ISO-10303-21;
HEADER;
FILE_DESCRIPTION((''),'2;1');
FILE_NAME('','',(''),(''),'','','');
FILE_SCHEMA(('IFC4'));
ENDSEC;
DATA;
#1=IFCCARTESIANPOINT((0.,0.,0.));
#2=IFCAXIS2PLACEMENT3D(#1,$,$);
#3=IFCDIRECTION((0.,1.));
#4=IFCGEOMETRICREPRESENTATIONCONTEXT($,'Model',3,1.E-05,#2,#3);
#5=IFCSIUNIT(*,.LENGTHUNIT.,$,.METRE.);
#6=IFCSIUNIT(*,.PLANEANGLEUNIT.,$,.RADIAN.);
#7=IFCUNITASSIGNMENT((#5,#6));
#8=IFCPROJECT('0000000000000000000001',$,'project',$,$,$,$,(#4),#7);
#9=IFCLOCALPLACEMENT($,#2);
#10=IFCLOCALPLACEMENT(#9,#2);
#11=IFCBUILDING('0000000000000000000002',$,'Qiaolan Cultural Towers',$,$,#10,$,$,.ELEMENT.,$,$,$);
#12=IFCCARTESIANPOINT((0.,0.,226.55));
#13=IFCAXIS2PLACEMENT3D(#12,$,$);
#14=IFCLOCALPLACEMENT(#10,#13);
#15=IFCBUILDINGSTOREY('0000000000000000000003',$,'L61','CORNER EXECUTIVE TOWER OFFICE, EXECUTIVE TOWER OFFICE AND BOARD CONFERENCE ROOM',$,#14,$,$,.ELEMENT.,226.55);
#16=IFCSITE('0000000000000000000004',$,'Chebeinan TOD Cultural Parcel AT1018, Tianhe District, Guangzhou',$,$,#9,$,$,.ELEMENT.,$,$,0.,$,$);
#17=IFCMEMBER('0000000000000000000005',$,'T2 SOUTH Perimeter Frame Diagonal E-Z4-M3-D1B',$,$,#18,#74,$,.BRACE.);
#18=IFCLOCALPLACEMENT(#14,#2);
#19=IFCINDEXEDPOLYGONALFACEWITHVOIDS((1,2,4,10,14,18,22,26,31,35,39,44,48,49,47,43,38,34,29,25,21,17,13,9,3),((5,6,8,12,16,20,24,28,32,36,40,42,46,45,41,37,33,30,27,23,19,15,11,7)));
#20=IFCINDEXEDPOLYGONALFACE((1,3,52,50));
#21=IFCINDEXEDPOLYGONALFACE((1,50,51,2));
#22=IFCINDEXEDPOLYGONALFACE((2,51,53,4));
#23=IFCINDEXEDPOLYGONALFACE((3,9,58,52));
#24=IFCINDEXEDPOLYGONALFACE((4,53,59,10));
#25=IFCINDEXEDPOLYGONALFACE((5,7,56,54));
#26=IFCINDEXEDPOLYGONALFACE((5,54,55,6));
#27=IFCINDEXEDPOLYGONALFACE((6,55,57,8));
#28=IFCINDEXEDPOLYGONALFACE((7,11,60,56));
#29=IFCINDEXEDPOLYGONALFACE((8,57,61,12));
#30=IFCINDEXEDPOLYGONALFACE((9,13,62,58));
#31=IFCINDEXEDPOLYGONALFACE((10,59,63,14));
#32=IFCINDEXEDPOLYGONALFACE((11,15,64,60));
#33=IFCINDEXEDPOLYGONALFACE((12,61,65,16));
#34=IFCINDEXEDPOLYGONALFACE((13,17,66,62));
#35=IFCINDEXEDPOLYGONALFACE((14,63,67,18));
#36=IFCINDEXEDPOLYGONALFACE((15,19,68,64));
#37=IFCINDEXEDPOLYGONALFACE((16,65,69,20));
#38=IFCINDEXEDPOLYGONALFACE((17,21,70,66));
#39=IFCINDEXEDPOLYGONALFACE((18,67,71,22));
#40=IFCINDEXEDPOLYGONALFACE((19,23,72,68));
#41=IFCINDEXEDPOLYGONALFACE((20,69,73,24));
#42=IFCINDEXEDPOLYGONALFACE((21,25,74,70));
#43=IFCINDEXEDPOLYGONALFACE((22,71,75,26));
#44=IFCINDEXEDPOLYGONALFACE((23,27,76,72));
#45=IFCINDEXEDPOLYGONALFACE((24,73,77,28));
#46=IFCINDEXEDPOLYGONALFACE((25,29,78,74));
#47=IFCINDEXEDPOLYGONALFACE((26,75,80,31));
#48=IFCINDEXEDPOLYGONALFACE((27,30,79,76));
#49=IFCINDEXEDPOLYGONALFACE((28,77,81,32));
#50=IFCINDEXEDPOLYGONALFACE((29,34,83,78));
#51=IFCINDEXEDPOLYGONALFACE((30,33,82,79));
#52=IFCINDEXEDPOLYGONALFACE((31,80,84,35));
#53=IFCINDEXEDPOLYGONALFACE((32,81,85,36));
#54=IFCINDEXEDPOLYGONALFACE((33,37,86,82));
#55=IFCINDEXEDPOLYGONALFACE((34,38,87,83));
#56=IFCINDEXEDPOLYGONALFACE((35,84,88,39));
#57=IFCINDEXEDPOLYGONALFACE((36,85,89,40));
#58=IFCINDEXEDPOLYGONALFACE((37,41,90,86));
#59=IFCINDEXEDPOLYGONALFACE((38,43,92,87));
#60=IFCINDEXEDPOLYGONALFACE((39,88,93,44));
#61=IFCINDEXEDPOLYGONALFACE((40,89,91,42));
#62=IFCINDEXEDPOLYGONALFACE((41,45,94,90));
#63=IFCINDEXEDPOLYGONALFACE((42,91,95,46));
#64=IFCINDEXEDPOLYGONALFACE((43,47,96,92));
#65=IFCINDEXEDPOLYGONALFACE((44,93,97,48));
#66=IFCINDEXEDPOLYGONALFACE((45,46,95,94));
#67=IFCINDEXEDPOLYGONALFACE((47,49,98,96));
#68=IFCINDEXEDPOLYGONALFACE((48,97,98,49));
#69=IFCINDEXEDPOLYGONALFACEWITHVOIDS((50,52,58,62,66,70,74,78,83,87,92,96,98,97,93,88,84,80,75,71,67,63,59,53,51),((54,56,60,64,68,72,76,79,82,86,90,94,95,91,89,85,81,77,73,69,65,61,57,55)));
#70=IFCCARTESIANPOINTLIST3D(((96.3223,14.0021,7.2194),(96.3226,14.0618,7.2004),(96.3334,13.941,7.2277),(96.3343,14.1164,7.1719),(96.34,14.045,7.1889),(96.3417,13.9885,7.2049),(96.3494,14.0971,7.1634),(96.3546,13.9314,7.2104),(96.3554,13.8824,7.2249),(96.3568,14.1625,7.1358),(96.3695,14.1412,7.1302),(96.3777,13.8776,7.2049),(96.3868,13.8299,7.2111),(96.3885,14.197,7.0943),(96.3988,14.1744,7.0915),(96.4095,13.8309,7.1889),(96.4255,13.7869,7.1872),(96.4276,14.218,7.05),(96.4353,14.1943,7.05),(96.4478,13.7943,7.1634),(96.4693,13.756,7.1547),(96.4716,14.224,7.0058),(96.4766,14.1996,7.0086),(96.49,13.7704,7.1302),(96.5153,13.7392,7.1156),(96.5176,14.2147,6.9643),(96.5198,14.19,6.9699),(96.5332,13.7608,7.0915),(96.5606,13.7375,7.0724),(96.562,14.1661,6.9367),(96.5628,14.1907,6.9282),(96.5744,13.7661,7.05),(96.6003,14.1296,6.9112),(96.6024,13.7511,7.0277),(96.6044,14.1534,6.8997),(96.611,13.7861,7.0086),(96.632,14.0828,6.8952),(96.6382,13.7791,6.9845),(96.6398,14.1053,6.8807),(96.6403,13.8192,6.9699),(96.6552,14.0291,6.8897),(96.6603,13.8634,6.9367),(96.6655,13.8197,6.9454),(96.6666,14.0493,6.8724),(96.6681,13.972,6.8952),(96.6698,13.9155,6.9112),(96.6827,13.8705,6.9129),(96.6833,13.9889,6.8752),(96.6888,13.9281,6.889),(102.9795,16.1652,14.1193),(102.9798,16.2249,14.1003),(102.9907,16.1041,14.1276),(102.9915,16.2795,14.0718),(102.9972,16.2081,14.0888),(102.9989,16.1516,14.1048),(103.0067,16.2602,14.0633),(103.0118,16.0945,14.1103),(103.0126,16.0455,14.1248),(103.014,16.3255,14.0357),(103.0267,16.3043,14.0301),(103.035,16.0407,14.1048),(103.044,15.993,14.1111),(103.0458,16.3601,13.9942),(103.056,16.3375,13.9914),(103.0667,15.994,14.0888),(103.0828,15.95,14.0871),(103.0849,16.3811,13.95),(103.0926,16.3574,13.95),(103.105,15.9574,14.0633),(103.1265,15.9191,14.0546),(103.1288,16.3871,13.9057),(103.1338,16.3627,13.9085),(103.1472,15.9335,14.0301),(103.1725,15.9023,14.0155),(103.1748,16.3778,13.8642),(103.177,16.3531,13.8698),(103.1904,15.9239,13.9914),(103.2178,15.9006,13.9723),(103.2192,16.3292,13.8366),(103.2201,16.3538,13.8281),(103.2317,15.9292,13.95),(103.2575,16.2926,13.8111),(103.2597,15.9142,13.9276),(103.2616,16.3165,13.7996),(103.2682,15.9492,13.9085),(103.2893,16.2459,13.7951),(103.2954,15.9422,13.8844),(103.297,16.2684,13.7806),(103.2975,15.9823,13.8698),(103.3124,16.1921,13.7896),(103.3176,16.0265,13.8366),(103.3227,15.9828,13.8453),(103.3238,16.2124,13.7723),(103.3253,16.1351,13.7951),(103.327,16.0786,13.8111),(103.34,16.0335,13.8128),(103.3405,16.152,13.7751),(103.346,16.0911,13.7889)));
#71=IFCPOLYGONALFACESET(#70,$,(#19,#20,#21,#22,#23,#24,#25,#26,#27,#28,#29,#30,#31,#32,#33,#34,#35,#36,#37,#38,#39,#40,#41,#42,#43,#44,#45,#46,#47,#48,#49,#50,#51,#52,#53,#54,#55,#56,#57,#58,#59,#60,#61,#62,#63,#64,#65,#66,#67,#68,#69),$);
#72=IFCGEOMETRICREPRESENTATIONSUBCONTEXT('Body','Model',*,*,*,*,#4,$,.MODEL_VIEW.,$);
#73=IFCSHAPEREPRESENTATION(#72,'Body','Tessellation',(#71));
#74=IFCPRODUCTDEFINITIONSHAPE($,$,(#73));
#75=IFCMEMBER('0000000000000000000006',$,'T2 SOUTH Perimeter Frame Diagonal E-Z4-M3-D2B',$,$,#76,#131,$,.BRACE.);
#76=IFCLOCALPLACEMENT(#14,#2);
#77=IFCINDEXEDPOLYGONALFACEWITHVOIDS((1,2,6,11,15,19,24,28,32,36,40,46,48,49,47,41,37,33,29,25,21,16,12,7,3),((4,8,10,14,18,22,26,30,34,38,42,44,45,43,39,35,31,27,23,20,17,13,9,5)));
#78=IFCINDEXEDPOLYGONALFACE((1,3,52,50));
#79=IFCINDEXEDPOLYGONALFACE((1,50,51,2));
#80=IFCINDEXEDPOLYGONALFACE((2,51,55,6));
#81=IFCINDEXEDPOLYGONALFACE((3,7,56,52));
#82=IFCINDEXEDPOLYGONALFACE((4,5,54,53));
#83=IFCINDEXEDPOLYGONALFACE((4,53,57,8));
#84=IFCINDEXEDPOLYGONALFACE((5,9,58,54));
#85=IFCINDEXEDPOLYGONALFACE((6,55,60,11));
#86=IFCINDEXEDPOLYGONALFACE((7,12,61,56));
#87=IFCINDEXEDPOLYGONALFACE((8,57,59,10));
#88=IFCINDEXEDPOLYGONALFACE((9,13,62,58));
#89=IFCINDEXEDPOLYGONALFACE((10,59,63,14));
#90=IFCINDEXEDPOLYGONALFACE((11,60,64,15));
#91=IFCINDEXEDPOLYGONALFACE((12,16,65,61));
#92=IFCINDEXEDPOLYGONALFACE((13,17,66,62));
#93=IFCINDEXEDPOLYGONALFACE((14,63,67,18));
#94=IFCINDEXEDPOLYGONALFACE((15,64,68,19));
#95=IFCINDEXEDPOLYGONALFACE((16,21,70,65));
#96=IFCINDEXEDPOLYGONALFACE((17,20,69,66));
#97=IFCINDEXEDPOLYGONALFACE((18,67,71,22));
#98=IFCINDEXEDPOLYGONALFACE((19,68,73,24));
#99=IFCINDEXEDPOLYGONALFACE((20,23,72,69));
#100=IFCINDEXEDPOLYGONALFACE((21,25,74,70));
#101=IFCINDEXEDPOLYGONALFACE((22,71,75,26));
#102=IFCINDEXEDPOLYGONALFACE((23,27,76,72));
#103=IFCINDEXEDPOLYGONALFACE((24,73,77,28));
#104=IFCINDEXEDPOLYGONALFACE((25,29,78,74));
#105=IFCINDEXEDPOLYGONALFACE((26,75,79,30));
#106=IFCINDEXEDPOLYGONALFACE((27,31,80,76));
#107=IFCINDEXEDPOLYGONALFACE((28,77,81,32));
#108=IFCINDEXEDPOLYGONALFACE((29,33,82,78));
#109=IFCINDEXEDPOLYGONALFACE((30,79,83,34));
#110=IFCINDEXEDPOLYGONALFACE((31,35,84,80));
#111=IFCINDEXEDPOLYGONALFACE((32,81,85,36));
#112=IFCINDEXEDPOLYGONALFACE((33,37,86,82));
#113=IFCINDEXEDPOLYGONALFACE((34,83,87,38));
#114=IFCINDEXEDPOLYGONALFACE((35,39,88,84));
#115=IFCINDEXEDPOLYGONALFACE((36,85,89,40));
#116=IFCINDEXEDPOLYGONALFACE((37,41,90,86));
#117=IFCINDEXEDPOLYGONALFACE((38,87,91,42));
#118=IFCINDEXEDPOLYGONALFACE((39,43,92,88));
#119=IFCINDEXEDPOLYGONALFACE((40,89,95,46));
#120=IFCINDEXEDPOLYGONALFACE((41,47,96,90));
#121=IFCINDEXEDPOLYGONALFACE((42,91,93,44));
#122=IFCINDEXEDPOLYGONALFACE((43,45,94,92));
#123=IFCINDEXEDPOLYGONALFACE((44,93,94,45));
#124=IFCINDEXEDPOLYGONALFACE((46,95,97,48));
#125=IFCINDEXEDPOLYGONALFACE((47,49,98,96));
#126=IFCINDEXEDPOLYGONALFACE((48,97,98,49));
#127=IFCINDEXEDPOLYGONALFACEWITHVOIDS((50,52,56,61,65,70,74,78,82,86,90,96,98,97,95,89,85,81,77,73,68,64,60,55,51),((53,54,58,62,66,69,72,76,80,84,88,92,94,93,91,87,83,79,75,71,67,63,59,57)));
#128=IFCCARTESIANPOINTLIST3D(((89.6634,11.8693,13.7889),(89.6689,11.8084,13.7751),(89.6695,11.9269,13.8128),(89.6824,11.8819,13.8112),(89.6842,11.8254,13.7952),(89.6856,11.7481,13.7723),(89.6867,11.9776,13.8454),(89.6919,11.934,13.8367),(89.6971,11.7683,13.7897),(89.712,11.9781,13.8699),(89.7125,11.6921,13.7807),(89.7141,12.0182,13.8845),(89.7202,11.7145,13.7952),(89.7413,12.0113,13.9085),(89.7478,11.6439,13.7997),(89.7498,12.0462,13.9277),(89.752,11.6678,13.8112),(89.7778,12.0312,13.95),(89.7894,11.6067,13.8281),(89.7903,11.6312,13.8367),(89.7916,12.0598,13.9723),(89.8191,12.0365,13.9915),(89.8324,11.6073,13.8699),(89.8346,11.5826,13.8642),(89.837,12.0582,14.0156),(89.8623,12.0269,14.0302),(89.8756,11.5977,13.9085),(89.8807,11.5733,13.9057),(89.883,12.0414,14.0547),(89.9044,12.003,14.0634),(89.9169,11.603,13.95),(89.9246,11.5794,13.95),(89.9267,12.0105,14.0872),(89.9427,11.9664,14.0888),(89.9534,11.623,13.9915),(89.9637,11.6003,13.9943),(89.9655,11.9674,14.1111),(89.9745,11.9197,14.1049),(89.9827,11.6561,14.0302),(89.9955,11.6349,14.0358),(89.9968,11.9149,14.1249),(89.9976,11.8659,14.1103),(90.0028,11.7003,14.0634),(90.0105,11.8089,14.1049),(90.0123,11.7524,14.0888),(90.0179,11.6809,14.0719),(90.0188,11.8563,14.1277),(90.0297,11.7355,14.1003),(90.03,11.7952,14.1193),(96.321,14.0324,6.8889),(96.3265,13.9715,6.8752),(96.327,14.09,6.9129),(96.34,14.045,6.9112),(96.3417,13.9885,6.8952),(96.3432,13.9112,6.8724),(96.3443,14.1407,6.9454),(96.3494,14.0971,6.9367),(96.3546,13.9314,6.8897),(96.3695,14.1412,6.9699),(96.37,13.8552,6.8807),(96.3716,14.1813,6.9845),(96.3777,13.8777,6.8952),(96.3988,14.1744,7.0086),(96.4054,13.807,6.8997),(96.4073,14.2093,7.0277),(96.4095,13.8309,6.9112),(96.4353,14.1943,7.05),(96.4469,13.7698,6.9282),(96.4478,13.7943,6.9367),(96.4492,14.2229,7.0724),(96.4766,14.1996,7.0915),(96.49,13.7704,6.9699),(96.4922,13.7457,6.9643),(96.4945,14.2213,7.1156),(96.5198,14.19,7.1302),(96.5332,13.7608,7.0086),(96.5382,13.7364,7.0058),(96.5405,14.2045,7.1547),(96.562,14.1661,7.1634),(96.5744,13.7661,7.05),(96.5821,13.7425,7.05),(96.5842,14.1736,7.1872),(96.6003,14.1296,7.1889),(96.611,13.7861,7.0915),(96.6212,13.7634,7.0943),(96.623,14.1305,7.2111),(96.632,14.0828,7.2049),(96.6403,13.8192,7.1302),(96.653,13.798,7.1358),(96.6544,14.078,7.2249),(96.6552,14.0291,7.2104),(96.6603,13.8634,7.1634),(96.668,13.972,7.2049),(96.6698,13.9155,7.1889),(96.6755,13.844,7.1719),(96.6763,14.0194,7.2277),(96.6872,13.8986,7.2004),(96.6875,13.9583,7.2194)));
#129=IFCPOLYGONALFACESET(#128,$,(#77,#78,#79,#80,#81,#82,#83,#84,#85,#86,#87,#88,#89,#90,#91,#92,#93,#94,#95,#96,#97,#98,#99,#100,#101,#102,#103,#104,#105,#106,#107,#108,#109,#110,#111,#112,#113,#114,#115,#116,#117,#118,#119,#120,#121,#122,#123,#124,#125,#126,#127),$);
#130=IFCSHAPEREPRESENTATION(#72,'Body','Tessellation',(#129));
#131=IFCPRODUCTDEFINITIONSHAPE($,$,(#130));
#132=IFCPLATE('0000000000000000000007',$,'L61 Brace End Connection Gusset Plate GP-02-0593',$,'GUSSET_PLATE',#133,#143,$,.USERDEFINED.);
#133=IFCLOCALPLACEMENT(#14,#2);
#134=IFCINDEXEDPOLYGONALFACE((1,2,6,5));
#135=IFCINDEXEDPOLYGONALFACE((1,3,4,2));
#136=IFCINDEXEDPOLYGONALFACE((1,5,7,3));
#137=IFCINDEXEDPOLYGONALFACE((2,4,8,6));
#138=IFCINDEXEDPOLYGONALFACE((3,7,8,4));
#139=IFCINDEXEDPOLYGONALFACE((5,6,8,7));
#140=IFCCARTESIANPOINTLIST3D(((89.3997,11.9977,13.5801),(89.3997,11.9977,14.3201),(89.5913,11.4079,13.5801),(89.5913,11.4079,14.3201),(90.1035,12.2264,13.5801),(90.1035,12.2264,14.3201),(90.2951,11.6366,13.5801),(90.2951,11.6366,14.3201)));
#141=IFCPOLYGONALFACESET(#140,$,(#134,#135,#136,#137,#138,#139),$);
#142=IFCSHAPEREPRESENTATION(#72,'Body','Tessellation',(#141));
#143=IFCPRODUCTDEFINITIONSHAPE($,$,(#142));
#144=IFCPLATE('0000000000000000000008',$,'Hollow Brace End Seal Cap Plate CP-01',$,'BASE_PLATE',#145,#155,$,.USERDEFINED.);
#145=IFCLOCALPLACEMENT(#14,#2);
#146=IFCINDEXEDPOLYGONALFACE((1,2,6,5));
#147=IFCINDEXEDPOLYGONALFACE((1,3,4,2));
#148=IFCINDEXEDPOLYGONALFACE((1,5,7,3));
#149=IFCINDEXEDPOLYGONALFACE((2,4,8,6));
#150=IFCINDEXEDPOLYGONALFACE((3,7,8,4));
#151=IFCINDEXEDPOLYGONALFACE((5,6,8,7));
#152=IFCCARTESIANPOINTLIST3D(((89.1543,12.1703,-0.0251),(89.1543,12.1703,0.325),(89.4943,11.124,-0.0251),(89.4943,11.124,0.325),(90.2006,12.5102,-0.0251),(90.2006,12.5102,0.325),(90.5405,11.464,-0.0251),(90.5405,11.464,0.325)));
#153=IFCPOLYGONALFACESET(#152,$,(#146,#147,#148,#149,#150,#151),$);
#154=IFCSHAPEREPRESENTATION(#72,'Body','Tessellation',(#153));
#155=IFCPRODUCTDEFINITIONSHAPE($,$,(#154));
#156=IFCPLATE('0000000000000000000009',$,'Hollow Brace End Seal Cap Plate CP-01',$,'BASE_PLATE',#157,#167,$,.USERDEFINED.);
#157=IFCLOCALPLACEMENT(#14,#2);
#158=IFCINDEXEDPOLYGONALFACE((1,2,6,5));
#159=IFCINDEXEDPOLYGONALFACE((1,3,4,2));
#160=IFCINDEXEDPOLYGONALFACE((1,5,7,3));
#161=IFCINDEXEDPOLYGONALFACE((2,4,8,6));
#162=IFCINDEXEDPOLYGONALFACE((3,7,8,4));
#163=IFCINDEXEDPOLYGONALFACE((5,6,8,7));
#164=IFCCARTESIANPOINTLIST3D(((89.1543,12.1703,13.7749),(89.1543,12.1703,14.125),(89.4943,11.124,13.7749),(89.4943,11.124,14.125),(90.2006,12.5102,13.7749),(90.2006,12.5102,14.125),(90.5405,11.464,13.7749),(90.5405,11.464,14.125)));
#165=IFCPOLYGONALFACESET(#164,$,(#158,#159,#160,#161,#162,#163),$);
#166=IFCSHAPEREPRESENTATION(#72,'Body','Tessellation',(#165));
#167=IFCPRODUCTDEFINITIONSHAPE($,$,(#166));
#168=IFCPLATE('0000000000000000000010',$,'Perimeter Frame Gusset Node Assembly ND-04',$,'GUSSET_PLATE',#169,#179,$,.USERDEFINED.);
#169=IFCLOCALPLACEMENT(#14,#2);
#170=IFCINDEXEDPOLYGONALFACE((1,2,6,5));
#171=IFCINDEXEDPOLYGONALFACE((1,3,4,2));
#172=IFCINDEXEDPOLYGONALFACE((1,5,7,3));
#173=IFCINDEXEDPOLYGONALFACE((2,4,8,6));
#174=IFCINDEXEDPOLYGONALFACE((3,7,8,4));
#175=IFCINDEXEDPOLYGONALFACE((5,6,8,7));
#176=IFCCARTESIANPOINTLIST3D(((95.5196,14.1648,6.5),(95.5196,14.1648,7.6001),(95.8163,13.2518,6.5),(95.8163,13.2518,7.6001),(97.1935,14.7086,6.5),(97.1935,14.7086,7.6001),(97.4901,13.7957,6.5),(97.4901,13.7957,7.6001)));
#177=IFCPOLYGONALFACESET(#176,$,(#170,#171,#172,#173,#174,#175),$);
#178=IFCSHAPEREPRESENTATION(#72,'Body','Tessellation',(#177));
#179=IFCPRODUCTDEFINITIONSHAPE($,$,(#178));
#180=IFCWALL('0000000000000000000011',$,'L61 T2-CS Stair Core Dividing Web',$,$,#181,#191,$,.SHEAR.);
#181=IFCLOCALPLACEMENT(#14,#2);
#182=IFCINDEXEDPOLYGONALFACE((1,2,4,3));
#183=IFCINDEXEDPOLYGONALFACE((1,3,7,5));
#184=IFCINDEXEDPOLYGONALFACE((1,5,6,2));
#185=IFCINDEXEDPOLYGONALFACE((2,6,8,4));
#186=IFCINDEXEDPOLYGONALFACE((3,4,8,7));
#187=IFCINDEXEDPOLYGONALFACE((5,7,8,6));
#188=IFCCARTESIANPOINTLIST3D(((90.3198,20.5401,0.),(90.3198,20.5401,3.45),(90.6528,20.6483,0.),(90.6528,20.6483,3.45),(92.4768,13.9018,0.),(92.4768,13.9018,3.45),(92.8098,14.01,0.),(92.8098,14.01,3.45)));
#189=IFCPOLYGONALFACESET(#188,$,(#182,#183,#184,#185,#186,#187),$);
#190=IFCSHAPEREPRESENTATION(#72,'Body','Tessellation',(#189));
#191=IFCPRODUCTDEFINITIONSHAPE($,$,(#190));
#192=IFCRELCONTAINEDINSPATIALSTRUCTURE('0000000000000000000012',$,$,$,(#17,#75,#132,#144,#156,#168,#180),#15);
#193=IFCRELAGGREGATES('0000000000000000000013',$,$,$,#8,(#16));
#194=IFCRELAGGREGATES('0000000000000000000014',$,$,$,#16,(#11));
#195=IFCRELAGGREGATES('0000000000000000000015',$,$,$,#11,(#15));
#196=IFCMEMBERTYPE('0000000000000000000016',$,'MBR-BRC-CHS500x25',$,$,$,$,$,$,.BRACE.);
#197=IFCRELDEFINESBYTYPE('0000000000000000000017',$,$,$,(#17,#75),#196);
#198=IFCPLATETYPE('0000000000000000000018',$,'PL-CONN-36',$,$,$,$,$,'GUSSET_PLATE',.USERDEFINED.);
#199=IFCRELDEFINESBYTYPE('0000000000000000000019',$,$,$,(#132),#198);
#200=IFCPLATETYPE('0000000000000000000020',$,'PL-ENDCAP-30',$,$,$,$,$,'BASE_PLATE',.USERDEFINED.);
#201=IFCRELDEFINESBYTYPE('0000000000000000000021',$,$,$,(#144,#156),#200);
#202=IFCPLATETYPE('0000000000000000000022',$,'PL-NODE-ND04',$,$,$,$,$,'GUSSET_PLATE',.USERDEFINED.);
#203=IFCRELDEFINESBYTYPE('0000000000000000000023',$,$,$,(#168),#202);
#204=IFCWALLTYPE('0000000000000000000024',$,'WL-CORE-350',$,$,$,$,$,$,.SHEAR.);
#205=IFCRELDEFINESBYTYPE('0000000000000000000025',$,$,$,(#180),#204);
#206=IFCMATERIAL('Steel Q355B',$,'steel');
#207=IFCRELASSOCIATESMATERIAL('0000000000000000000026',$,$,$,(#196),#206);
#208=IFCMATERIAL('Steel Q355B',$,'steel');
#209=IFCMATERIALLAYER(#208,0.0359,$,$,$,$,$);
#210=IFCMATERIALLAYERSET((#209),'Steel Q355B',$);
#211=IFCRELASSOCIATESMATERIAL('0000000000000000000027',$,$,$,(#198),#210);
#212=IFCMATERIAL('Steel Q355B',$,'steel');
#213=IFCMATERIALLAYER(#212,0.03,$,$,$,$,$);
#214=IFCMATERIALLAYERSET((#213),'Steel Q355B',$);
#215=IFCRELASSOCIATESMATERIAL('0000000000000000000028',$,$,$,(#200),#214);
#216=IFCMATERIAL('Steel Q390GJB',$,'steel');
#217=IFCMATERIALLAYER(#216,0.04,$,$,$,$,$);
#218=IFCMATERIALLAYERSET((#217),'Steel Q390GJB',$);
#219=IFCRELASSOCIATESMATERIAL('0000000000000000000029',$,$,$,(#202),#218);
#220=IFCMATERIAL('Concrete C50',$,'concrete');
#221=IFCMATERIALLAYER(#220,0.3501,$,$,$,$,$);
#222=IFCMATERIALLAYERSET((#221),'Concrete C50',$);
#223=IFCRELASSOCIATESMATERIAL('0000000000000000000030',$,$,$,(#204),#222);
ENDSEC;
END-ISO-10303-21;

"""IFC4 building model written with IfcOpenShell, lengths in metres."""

from ifc_helpers import new_model, si_unit, direction, frame, frame_2d, origin, origin_2d, place, context, subcontext, project, spatial, rectangle, hollow_circle, extrude, material, layer, layer_set, material_profile, profile_set, type_object, element, save


model = new_model("IFC4")

# Units and contexts
model_context = context("Model", 3, precision=1e-05, world=origin(), true_north=direction((0.0, 1.0)))
body_context = subcontext(model_context, "Body", "Model", "MODEL_VIEW")
ifc_project = project(units=[si_unit("LENGTHUNIT", "METRE"), si_unit("PLANEANGLEUNIT", "RADIAN")], contexts=[model_context])

# Site, building, storey
site_placement = place(None, origin())
site = spatial("IfcSite", under=ifc_project, at=site_placement, Name="Chebeinan TOD Cultural Parcel AT1018, Tianhe District, Guangzhou", CompositionType="ELEMENT", RefElevation=0.0)
building_placement = place(site_placement, origin())
building = spatial("IfcBuilding", under=site, at=building_placement, Name="Qiaolan Cultural Towers", CompositionType="ELEMENT")
storey_placement = place(building_placement, frame((0.0, 0.0, 226.55)))
storey = spatial("IfcBuildingStorey", under=building, at=storey_placement, Name="L61", Description="CORNER EXECUTIVE TOWER OFFICE, EXECUTIVE TOWER OFFICE AND BOARD CONFERENCE ROOM", CompositionType="ELEMENT", Elevation=226.55)

# Members
ifc_material_1 = material(Name="Steel Q355B", Category="steel")
ifc_material_profile_1 = material_profile(ifc_material_1, hollow_circle(Radius=0.25, WallThickness=0.0249, at=origin_2d()), Name="CHS500x25")
ifc_profile_set_1 = profile_set([ifc_material_profile_1], Name="Steel Q355B")
member_type = type_object("IfcMemberType", Name="MBR-BRC-CHS500x25", PredefinedType="BRACE", material=ifc_profile_set_1)
member_1_placement = place(storey_placement, frame((96.5049, 13.9802, 7.05), z_axis=(0.677315, 0.220075, 0.702005), x_axis=(-0.30902, 0.951056, 0.0)))
element("IfcMember", 1, at=member_1_placement, inside=storey, type_object=member_type, Name="T2 SOUTH Perimeter Frame Diagonal E-Z4-M3-D1B", PredefinedType="BRACE", context=body_context, shape_type="SweptSolid", body=[
    extrude(hollow_circle(Radius=0.25, WallThickness=0.0249, at=origin_2d()), origin(), (0.0, 0.0, 1.0), 9.8289),
])
member_2_placement = place(storey_placement, frame((96.5049, 13.9802, 7.05), z_axis=(-0.677328, -0.220072, 0.701993), x_axis=(0.30901, -0.951059, 0.0)))
element("IfcMember", 2, at=member_2_placement, inside=storey, type_object=member_type, Name="T2 SOUTH Perimeter Frame Diagonal E-Z4-M3-D2B", PredefinedType="BRACE", context=body_context, shape_type="SweptSolid", body=[
    extrude(hollow_circle(Radius=0.25, WallThickness=0.0249, at=origin_2d()), origin(), (0.0, 0.0, 1.0), 9.8291),
])

# Plates
ifc_material_2 = material(Name="Steel Q355B", Category="steel")
ifc_layer_1 = layer(ifc_material_2, 0.0359)
ifc_layer_set_1 = layer_set([ifc_layer_1], Name="Steel Q355B")
plate_type_1 = type_object("IfcPlateType", Name="PL-CONN-36", ElementType="GUSSET_PLATE", PredefinedType="USERDEFINED", material=ifc_layer_set_1)
plate_1_placement = place(storey_placement, frame((89.8474, 11.8171, 13.5801), z_axis=(0.0, 0.0, 1.0), x_axis=(0.951057, 0.309017, 0.0)))
element("IfcPlate", 3, at=plate_1_placement, inside=storey, type_object=plate_type_1, Name="L61 Brace End Connection Gusset Plate GP-02-0593", ObjectType="GUSSET_PLATE", PredefinedType="USERDEFINED", context=body_context, shape_type="SweptSolid", body=[
    extrude(rectangle(XDim=0.74, YDim=0.6201, at=origin_2d()), origin(), (0.0, 0.0, 1.0), 0.74),
])
ifc_material_3 = material(Name="Steel Q355B", Category="steel")
ifc_layer_2 = layer(ifc_material_3, 0.03)
ifc_layer_set_2 = layer_set([ifc_layer_2], Name="Steel Q355B")
plate_type_2 = type_object("IfcPlateType", Name="PL-ENDCAP-30", ElementType="BASE_PLATE", PredefinedType="USERDEFINED", material=ifc_layer_set_2)
for number, where, z_axis, x_axis, name in (
    (4, (89.8474, 11.8171, -0.0251), (0.0, 0.0, 1.0), (0.951057, 0.309017, 0.0), "Hollow Brace End Seal Cap Plate CP-01"),
    (5, (89.8474, 11.8171, 13.7749), (0.0, 0.0, 1.0), (0.951057, 0.309017, 0.0), "Hollow Brace End Seal Cap Plate CP-01"),
):
    element("IfcPlate", number, at=place(storey_placement, frame(where, z_axis=z_axis, x_axis=x_axis)), inside=storey, type_object=plate_type_2, Name=name, ObjectType="BASE_PLATE", PredefinedType="USERDEFINED", context=body_context, shape_type="SweptSolid", body=[
        extrude(rectangle(XDim=1.1001, YDim=1.1001, at=origin_2d()), origin(), (0.0, 0.0, 1.0), 0.3501),
    ])
ifc_material_4 = material(Name="Steel Q390GJB", Category="steel")
ifc_layer_3 = layer(ifc_material_4, 0.04)
ifc_layer_set_3 = layer_set([ifc_layer_3], Name="Steel Q390GJB")
plate_type_3 = type_object("IfcPlateType", Name="PL-NODE-ND04", ElementType="GUSSET_PLATE", PredefinedType="USERDEFINED", material=ifc_layer_set_3)
plate_2_placement = place(storey_placement, frame((96.5049, 13.9802, 6.5), z_axis=(0.0, 0.0, 1.0), x_axis=(0.951057, 0.309017, 0.0)))
element("IfcPlate", 6, at=plate_2_placement, inside=storey, type_object=plate_type_3, Name="Perimeter Frame Gusset Node Assembly ND-04", ObjectType="GUSSET_PLATE", PredefinedType="USERDEFINED", context=body_context, shape_type="SweptSolid", body=[
    extrude(rectangle(XDim=1.76, YDim=0.96, at=origin_2d()), origin(), (0.0, 0.0, 1.0), 1.1001),
])

# Wall
ifc_material_5 = material(Name="Concrete C50", Category="concrete")
ifc_layer_4 = layer(ifc_material_5, 0.3501)
ifc_layer_set_4 = layer_set([ifc_layer_4], Name="Concrete C50")
wall_type_1 = type_object("IfcWallType", Name="WL-CORE-350", PredefinedType="SHEAR", material=ifc_layer_set_4)
wall_1_placement = place(storey_placement, frame((90.4863, 20.5942, 0.0), z_axis=(0.0, 0.0, 1.0), x_axis=(0.30902, -0.951055, 0.0)))
element("IfcWall", 7, at=wall_1_placement, inside=storey, type_object=wall_type_1, Name="L61 T2-CS Stair Core Dividing Web", PredefinedType="SHEAR", context=body_context, shape_type="SweptSolid", body=[
    extrude(rectangle(XDim=6.98, YDim=0.3501, at=frame_2d((3.49, 0.0))), origin(), (0.0, 0.0, 1.0), 3.45),
])

save(model, "model.ifc")
